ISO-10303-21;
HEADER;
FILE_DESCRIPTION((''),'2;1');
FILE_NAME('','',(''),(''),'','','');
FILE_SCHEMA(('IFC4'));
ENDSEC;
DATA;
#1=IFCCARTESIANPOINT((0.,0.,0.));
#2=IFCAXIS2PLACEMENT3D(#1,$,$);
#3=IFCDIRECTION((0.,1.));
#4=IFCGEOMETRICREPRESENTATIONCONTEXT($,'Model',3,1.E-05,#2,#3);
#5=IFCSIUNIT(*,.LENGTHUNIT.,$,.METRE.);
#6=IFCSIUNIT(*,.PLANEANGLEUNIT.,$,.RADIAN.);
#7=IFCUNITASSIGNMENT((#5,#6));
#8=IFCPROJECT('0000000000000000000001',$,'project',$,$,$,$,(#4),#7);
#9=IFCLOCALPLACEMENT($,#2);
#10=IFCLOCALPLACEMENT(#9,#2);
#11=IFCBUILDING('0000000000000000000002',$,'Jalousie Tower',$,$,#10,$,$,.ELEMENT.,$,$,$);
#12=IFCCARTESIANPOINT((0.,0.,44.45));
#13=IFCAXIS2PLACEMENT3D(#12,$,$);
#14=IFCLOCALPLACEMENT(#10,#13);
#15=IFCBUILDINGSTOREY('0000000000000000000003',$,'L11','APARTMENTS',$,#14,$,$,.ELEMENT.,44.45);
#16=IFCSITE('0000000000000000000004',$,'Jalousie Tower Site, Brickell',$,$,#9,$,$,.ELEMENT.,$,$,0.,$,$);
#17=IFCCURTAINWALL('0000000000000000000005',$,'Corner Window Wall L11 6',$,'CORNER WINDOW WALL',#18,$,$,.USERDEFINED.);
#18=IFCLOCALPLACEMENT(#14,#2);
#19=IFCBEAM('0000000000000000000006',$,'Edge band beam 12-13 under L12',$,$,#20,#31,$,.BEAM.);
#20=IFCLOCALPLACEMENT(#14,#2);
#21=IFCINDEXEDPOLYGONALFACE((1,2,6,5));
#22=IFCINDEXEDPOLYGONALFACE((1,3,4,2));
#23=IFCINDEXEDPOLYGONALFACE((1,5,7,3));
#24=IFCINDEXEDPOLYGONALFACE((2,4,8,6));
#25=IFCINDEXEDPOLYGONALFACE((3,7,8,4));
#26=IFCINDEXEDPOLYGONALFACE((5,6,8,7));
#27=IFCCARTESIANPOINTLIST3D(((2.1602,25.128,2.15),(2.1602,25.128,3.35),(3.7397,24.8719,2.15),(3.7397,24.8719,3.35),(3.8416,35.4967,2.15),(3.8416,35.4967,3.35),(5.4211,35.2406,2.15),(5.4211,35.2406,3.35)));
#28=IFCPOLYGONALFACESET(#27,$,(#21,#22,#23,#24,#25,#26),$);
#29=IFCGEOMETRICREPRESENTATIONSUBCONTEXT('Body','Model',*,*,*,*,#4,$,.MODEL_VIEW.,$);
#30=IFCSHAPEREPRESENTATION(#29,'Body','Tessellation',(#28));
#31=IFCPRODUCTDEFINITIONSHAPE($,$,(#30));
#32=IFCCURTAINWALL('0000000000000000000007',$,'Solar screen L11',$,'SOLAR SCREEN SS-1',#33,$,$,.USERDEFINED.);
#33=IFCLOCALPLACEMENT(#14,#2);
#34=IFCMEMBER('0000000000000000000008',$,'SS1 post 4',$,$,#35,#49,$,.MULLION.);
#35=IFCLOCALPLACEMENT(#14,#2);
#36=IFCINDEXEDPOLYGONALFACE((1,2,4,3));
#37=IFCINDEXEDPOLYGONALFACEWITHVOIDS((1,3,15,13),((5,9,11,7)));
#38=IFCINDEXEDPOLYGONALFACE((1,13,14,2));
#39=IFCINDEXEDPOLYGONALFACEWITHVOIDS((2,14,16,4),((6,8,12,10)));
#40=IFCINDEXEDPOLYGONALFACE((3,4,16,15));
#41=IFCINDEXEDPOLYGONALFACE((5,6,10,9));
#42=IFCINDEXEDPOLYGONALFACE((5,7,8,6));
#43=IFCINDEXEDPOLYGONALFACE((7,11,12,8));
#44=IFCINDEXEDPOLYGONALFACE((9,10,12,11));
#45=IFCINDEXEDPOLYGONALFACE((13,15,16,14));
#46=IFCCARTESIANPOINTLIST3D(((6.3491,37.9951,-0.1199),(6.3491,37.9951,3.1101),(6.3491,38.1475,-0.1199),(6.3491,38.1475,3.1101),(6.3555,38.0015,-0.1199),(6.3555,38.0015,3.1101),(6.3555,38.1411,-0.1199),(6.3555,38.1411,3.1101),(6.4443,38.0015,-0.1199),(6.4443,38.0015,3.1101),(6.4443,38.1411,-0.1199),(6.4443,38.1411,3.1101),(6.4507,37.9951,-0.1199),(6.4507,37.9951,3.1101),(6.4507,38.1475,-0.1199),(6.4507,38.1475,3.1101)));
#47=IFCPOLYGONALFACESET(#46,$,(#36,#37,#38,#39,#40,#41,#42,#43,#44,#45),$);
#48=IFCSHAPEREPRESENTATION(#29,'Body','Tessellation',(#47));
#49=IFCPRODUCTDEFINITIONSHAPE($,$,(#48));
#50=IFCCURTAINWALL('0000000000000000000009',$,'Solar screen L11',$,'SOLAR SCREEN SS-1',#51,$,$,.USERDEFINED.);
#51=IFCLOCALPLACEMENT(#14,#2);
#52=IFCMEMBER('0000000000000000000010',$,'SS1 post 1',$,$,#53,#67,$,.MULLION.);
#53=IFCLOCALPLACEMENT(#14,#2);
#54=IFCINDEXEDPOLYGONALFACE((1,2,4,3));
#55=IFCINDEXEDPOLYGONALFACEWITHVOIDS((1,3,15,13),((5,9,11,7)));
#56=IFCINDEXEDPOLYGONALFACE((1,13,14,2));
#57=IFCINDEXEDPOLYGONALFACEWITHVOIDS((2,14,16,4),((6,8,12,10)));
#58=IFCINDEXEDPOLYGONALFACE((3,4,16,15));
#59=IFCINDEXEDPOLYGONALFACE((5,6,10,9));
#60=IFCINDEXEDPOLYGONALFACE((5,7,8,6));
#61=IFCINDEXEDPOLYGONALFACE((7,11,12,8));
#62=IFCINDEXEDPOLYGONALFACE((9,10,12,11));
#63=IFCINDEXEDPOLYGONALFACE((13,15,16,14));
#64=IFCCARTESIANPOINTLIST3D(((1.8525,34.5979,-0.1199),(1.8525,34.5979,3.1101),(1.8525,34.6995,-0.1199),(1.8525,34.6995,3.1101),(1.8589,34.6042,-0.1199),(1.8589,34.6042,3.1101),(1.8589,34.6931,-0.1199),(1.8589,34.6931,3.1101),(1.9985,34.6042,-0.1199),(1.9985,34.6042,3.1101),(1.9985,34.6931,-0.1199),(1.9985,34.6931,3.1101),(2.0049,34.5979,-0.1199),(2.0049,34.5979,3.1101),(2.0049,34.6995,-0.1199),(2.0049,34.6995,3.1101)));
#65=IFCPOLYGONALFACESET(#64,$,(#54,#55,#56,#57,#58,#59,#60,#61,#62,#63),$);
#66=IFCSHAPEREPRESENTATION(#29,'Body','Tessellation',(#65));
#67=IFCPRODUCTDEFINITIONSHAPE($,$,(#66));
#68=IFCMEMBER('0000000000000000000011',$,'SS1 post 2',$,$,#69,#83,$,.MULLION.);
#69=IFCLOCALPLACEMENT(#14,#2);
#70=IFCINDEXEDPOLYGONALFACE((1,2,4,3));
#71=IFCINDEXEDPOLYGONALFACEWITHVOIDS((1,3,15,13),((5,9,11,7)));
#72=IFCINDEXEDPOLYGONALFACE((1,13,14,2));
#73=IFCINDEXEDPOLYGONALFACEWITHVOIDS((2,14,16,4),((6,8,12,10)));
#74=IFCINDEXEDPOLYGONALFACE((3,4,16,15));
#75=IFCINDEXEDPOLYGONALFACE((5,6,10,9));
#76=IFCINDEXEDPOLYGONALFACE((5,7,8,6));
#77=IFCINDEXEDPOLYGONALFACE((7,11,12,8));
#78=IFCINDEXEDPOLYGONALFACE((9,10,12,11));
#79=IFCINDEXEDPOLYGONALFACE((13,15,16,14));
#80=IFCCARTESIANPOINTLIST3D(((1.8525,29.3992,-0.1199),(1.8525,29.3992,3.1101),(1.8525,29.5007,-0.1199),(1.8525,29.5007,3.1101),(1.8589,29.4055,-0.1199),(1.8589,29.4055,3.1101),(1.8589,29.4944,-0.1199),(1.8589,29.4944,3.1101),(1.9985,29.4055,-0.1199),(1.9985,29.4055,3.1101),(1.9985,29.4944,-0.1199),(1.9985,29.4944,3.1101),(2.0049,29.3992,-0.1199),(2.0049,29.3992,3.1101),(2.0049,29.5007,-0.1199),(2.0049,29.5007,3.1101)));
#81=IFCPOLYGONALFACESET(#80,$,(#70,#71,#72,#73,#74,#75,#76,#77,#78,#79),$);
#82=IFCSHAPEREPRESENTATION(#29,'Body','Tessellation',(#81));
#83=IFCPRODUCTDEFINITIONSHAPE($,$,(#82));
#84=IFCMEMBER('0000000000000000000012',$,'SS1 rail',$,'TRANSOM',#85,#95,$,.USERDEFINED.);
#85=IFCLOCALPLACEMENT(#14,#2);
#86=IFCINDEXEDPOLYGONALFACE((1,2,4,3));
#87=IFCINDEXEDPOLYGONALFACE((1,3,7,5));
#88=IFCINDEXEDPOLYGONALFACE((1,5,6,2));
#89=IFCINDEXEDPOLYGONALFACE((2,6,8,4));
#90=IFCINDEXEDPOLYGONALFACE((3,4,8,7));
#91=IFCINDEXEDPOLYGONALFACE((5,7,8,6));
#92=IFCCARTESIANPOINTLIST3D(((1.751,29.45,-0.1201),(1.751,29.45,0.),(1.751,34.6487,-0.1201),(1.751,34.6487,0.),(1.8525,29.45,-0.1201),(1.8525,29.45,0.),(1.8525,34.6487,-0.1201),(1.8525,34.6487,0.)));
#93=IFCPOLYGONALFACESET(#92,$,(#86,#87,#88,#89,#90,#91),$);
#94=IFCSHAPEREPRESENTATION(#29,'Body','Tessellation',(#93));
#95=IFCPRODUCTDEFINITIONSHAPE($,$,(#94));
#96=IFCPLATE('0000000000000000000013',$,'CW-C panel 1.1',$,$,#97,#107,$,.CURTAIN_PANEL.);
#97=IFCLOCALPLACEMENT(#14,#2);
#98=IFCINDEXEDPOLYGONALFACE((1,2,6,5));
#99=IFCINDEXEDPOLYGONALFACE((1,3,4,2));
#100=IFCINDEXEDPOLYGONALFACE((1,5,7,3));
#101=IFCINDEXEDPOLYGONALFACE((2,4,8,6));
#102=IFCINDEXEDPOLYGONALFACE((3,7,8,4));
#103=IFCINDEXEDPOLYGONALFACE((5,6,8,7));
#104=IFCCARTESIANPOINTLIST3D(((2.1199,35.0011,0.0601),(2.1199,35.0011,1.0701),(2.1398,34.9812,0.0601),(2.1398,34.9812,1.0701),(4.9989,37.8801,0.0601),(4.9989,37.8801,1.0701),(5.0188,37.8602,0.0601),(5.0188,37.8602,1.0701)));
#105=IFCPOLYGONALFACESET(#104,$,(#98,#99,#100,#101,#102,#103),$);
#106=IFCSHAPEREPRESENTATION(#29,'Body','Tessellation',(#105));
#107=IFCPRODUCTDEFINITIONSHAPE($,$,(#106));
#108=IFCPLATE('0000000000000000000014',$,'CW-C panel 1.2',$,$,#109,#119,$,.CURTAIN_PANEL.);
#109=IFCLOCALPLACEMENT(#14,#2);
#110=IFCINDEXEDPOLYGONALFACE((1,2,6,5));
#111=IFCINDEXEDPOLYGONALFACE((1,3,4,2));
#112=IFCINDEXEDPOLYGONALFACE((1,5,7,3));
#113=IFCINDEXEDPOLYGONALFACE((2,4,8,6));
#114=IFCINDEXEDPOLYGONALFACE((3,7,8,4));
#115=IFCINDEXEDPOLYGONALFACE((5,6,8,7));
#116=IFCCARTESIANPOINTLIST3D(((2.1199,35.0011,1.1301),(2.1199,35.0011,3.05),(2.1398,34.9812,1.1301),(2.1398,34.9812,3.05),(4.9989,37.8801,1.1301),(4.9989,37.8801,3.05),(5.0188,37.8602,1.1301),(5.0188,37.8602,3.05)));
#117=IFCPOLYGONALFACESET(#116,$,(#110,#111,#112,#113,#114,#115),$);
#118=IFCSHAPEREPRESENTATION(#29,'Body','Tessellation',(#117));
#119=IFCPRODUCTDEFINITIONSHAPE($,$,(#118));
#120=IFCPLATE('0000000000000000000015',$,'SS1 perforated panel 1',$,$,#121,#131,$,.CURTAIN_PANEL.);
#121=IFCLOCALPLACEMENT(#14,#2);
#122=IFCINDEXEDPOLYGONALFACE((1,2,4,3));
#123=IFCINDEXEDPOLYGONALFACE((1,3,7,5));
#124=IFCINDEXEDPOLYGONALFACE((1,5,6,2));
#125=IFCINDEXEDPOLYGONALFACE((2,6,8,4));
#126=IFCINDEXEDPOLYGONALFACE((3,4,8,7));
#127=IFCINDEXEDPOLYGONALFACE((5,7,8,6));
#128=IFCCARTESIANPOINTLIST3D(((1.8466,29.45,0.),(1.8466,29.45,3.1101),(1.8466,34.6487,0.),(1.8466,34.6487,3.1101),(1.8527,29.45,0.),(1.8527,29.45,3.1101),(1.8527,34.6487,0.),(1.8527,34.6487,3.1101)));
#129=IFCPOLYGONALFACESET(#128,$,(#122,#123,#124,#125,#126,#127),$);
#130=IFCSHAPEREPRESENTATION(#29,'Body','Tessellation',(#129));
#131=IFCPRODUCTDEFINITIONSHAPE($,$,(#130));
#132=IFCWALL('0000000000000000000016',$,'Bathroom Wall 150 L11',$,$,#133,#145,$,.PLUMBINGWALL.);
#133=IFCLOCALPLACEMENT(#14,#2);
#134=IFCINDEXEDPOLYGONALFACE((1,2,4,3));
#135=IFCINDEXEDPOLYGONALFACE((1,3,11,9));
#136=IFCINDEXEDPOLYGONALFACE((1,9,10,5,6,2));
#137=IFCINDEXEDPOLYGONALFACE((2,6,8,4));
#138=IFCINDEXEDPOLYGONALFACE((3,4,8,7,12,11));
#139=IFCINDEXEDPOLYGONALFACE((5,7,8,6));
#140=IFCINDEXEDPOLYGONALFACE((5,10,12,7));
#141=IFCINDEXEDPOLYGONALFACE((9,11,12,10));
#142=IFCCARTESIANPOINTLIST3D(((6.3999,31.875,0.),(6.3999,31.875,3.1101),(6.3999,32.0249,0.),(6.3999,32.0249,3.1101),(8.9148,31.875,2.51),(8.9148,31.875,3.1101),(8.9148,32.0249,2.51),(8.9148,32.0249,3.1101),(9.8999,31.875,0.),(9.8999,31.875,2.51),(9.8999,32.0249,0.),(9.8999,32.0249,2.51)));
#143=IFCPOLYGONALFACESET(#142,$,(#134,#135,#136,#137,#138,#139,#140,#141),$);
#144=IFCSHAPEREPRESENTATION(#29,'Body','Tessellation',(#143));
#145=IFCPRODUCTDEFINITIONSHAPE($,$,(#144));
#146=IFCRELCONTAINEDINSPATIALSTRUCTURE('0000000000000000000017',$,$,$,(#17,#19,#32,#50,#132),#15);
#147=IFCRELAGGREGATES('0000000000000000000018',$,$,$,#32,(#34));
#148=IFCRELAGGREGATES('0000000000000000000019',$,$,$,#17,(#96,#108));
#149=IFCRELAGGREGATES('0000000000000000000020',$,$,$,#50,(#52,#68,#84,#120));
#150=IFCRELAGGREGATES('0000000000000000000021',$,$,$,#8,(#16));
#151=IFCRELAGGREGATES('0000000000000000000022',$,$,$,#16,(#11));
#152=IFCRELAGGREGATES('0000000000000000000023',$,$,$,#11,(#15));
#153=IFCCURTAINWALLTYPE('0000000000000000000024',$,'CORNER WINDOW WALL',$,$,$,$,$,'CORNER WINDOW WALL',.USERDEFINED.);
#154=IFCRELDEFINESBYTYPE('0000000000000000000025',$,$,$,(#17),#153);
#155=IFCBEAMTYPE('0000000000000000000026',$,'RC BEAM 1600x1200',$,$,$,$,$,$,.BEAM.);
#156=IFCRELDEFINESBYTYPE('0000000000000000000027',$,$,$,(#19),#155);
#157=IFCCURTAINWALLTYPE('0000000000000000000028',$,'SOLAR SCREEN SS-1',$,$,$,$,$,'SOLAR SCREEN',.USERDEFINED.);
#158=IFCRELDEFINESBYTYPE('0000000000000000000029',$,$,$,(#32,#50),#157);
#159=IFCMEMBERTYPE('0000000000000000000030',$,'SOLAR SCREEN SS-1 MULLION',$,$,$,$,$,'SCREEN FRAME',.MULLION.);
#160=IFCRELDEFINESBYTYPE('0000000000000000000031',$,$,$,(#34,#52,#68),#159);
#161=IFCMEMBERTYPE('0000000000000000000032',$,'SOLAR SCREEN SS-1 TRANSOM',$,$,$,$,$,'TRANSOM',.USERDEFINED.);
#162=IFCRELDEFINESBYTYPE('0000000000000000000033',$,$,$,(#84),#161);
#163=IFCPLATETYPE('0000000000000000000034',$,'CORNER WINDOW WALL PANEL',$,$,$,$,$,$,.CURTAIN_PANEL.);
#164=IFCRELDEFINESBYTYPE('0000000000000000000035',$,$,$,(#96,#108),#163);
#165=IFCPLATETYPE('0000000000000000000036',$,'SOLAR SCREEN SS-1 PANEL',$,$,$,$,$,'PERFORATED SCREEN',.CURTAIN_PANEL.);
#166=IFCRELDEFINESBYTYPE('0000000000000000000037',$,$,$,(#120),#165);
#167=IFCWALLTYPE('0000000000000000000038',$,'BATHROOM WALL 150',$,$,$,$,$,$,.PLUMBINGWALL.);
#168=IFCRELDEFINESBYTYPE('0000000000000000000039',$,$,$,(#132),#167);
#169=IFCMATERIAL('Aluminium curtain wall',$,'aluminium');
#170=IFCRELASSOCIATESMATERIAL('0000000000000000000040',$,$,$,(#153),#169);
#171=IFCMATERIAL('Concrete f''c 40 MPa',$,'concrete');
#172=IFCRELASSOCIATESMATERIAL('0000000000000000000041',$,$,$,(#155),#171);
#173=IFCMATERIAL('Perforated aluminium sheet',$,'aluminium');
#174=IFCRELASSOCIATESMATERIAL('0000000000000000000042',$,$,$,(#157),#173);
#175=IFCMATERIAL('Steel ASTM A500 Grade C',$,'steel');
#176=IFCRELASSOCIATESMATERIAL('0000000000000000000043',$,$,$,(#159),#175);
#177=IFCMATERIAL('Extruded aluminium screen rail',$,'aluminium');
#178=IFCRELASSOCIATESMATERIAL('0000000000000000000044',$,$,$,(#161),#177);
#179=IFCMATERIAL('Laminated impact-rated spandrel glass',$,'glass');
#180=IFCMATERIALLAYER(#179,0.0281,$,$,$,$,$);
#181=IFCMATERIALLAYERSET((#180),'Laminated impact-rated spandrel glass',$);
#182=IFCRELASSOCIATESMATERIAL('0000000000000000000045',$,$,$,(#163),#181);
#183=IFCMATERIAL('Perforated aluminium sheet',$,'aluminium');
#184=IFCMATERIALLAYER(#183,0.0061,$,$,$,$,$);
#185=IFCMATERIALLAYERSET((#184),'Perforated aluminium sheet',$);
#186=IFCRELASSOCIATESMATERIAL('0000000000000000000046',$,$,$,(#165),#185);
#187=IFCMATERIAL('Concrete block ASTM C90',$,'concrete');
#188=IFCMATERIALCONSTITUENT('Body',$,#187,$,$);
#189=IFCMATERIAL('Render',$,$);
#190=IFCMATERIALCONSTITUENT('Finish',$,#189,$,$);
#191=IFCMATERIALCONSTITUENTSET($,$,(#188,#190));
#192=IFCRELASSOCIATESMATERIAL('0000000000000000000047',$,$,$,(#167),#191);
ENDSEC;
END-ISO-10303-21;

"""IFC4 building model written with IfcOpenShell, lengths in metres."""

from ifc_helpers import new_model, si_unit, direction, frame, origin, origin_2d, place, context, subcontext, project, spatial, polyline, rectangle, hollow_rectangle, outline, extrude, material, layer, layer_set, constituent, constituent_set, material_profile, profile_set, type_object, element, aggregate, save


model = new_model("IFC4")

# Units and contexts
model_context = context("Model", 3, precision=1e-05, world=origin(), true_north=direction((0.0, 1.0)))
body_context = subcontext(model_context, "Body", "Model", "MODEL_VIEW")
ifc_project = project(units=[si_unit("LENGTHUNIT", "METRE"), si_unit("PLANEANGLEUNIT", "RADIAN")], contexts=[model_context])

# Site, building, storey
site_placement = place(None, origin())
site = spatial("IfcSite", under=ifc_project, at=site_placement, Name="Jalousie Tower Site, Brickell", CompositionType="ELEMENT", RefElevation=0.0)
building_placement = place(site_placement, origin())
building = spatial("IfcBuilding", under=site, at=building_placement, Name="Jalousie Tower", CompositionType="ELEMENT")
storey_placement = place(building_placement, frame((0.0, 0.0, 44.45)))
storey = spatial("IfcBuildingStorey", under=building, at=storey_placement, Name="L11", Description="APARTMENTS", CompositionType="ELEMENT", Elevation=44.45)

# Curtain wall
ifc_material_1 = material(Name="Aluminium curtain wall", Category="aluminium")
curtain_wall_type_1 = type_object("IfcCurtainWallType", Name="CORNER WINDOW WALL", ElementType="CORNER WINDOW WALL", PredefinedType="USERDEFINED", material=ifc_material_1)
curtain_wall_1_placement = place(storey_placement, origin())
curtain_wall_1 = element("IfcCurtainWall", 1, at=curtain_wall_1_placement, inside=storey, type_object=curtain_wall_type_1, Name="Corner Window Wall L11 6", ObjectType="CORNER WINDOW WALL", PredefinedType="USERDEFINED")

# Beam
ifc_material_2 = material(Name="Concrete f'c 40 MPa", Category="concrete")
ifc_material_profile_1 = material_profile(ifc_material_2, rectangle(XDim=1.6001, YDim=1.2, at=origin_2d()), Name="RC 1600x1200")
ifc_profile_set_1 = profile_set([ifc_material_profile_1], Name="Concrete f'c 40 MPa")
beam_type_1 = type_object("IfcBeamType", Name="RC BEAM 1600x1200", PredefinedType="BEAM", material=ifc_profile_set_1)
beam_1_placement = place(storey_placement, frame((4.6313, 35.3687, 2.75), z_axis=(-0.160071, -0.987106, 0.0), x_axis=(0.987106, -0.160071, 0.0)))
element("IfcBeam", 2, at=beam_1_placement, inside=storey, type_object=beam_type_1, Name="Edge band beam 12-13 under L12", PredefinedType="BEAM", context=body_context, shape_type="SweptSolid", body=[
    extrude(rectangle(XDim=1.6001, YDim=1.2, at=origin_2d()), origin(), (0.0, 0.0, 1.0), 10.5042),
])

# Curtain wall, member
ifc_material_3 = material(Name="Perforated aluminium sheet", Category="aluminium")
curtain_wall_type_2 = type_object("IfcCurtainWallType", Name="SOLAR SCREEN SS-1", ElementType="SOLAR SCREEN", PredefinedType="USERDEFINED", material=ifc_material_3)
curtain_wall_2_placement = place(storey_placement, origin())
curtain_wall_2 = element("IfcCurtainWall", 3, at=curtain_wall_2_placement, inside=storey, type_object=curtain_wall_type_2, Name="Solar screen L11", ObjectType="SOLAR SCREEN SS-1", PredefinedType="USERDEFINED")
ifc_material_4 = material(Name="Steel ASTM A500 Grade C", Category="steel")
ifc_material_profile_2 = material_profile(ifc_material_4, hollow_rectangle(XDim=0.1016, YDim=0.1523, WallThickness=0.0063, at=origin_2d()), Name="HSS6X4X1/4")
ifc_profile_set_2 = profile_set([ifc_material_profile_2], Name="Steel ASTM A500 Grade C")
member_type_1 = type_object("IfcMemberType", Name="SOLAR SCREEN SS-1 MULLION", ElementType="SCREEN FRAME", PredefinedType="MULLION", material=ifc_profile_set_2)
member_1_placement = place(storey_placement, frame((6.3999, 38.0713, -0.1199), z_axis=(0.0, 0.0, 1.0), x_axis=(-1.0, 0.0, 0.0)))
member_1 = element("IfcMember", 4, at=member_1_placement, type_object=member_type_1, Name="SS1 post 4", PredefinedType="MULLION", context=body_context, shape_type="SweptSolid", body=[
    extrude(hollow_rectangle(XDim=0.1016, YDim=0.1523, WallThickness=0.0063, at=origin_2d()), origin(), (0.0, 0.0, 1.0), 3.23),
])
aggregate(curtain_wall_2, [member_1])

# Curtain wall, members
curtain_wall_3_placement = place(storey_placement, origin())
curtain_wall_3 = element("IfcCurtainWall", 5, at=curtain_wall_3_placement, inside=storey, type_object=curtain_wall_type_2, Name="Solar screen L11", ObjectType="SOLAR SCREEN SS-1", PredefinedType="USERDEFINED")
member_2_placement = place(storey_placement, frame((1.9287, 34.6487, -0.1199), z_axis=(0.0, 0.0, 1.0), x_axis=(0.0, -1.0, 0.0)))
member_2 = element("IfcMember", 6, at=member_2_placement, type_object=member_type_1, Name="SS1 post 1", PredefinedType="MULLION", context=body_context, shape_type="SweptSolid", body=[
    extrude(hollow_rectangle(XDim=0.1016, YDim=0.1523, WallThickness=0.0063, at=origin_2d()), origin(), (0.0, 0.0, 1.0), 3.23),
])
member_3_placement = place(storey_placement, frame((1.9287, 29.45, -0.1199), z_axis=(0.0, 0.0, 1.0), x_axis=(0.0, -1.0, 0.0)))
member_3 = element("IfcMember", 7, at=member_3_placement, type_object=member_type_1, Name="SS1 post 2", PredefinedType="MULLION", context=body_context, shape_type="SweptSolid", body=[
    extrude(hollow_rectangle(XDim=0.1016, YDim=0.1523, WallThickness=0.0063, at=origin_2d()), origin(), (0.0, 0.0, 1.0), 3.23),
])
ifc_material_5 = material(Name="Extruded aluminium screen rail", Category="aluminium")
ifc_material_profile_3 = material_profile(ifc_material_5, rectangle(XDim=0.1016, YDim=0.1201, at=origin_2d()), Name="RAIL 102x120")
ifc_profile_set_3 = profile_set([ifc_material_profile_3], Name="Extruded aluminium screen rail")
member_type_2 = type_object("IfcMemberType", Name="SOLAR SCREEN SS-1 TRANSOM", ElementType="TRANSOM", PredefinedType="USERDEFINED", material=ifc_profile_set_3)
member_4_placement = place(storey_placement, frame((1.8018, 34.6487, -0.0601), z_axis=(0.0, -1.0, 0.0), x_axis=(1.0, 0.0, 0.0)))
member_4 = element("IfcMember", 8, at=member_4_placement, type_object=member_type_2, Name="SS1 rail", ObjectType="TRANSOM", PredefinedType="USERDEFINED", context=body_context, shape_type="SweptSolid", body=[
    extrude(rectangle(XDim=0.1016, YDim=0.1201, at=origin_2d()), origin(), (0.0, 0.0, 1.0), 5.1987),
])

# Plates
ifc_material_6 = material(Name="Laminated impact-rated spandrel glass", Category="glass")
ifc_layer_1 = layer(ifc_material_6, 0.0281)
ifc_layer_set_1 = layer_set([ifc_layer_1], Name="Laminated impact-rated spandrel glass")
plate_type_1 = type_object("IfcPlateType", Name="CORNER WINDOW WALL PANEL", PredefinedType="CURTAIN_PANEL", material=ifc_layer_set_1)
plate_1_placement = place(storey_placement, frame((3.5693, 36.4307, 0.0601), z_axis=(0.0, 0.0, 1.0), x_axis=(-0.707107, -0.707107, 0.0)))
plate_1 = element("IfcPlate", 9, at=plate_1_placement, type_object=plate_type_1, Name="CW-C panel 1.1", PredefinedType="CURTAIN_PANEL", context=body_context, shape_type="SweptSolid", body=[
    extrude(rectangle(XDim=4.0715, YDim=0.0281, at=origin_2d()), origin(), (0.0, 0.0, 1.0), 1.01),
])
plate_2_placement = place(storey_placement, frame((3.5693, 36.4307, 1.1301), z_axis=(0.0, 0.0, 1.0), x_axis=(-0.707107, -0.707107, 0.0)))
plate_2 = element("IfcPlate", 10, at=plate_2_placement, type_object=plate_type_1, Name="CW-C panel 1.2", PredefinedType="CURTAIN_PANEL", context=body_context, shape_type="SweptSolid", body=[
    extrude(rectangle(XDim=4.0715, YDim=0.0281, at=origin_2d()), origin(), (0.0, 0.0, 1.0), 1.9199),
])
aggregate(curtain_wall_1, [plate_1, plate_2])
ifc_material_7 = material(Name="Perforated aluminium sheet", Category="aluminium")
ifc_layer_2 = layer(ifc_material_7, 0.0061)
ifc_layer_set_2 = layer_set([ifc_layer_2], Name="Perforated aluminium sheet")
plate_type_2 = type_object("IfcPlateType", Name="SOLAR SCREEN SS-1 PANEL", ElementType="PERFORATED SCREEN", PredefinedType="CURTAIN_PANEL", material=ifc_layer_set_2)
plate_3_placement = place(storey_placement, frame((1.8496, 32.0493, 0.0), z_axis=(0.0, 0.0, 1.0), x_axis=(0.0, -1.0, 0.0)))
plate_3 = element("IfcPlate", 11, at=plate_3_placement, type_object=plate_type_2, Name="SS1 perforated panel 1", PredefinedType="CURTAIN_PANEL", context=body_context, shape_type="SweptSolid", body=[
    extrude(rectangle(XDim=5.1987, YDim=0.0061, at=origin_2d()), origin(), (0.0, 0.0, 1.0), 3.1101),
])
aggregate(curtain_wall_3, [member_2, member_3, member_4, plate_3])

# Wall
ifc_material_8 = material(Name="Concrete block ASTM C90", Category="concrete")
ifc_constituent_1 = constituent(ifc_material_8, Name="Body")
ifc_material_9 = material(Name="Render")
ifc_constituent_2 = constituent(ifc_material_9, Name="Finish")
ifc_constituent_set_1 = constituent_set(constituents=[ifc_constituent_1, ifc_constituent_2])
wall_type_1 = type_object("IfcWallType", Name="BATHROOM WALL 150", PredefinedType="PLUMBINGWALL", material=ifc_constituent_set_1)
wall_1_placement = place(storey_placement, frame((6.3999, 31.95, 0.0), z_axis=(0.0, 0.0, 1.0), x_axis=(1.0, 0.0, 0.0)))
element("IfcWall", 12, at=wall_1_placement, inside=storey, type_object=wall_type_1, Name="Bathroom Wall 150 L11", PredefinedType="PLUMBINGWALL", context=body_context, shape_type="SweptSolid", body=[
    extrude(outline(polyline([(0.0, 0.0), (3.5, 0.0), (3.5, 3.1101), (3.5, 2.51), (2.5149, 2.51), (2.5149, 3.1101), (0.0, 3.1101), (0.0, 0.0)])), frame((0.0, 0.075, 0.0), z_axis=(0.0, -1.0, 0.0), x_axis=(1.0, 0.0, 0.0)), (0.0, 0.0, 1.0), 0.1499),
])

save(model, "model.ifc")
